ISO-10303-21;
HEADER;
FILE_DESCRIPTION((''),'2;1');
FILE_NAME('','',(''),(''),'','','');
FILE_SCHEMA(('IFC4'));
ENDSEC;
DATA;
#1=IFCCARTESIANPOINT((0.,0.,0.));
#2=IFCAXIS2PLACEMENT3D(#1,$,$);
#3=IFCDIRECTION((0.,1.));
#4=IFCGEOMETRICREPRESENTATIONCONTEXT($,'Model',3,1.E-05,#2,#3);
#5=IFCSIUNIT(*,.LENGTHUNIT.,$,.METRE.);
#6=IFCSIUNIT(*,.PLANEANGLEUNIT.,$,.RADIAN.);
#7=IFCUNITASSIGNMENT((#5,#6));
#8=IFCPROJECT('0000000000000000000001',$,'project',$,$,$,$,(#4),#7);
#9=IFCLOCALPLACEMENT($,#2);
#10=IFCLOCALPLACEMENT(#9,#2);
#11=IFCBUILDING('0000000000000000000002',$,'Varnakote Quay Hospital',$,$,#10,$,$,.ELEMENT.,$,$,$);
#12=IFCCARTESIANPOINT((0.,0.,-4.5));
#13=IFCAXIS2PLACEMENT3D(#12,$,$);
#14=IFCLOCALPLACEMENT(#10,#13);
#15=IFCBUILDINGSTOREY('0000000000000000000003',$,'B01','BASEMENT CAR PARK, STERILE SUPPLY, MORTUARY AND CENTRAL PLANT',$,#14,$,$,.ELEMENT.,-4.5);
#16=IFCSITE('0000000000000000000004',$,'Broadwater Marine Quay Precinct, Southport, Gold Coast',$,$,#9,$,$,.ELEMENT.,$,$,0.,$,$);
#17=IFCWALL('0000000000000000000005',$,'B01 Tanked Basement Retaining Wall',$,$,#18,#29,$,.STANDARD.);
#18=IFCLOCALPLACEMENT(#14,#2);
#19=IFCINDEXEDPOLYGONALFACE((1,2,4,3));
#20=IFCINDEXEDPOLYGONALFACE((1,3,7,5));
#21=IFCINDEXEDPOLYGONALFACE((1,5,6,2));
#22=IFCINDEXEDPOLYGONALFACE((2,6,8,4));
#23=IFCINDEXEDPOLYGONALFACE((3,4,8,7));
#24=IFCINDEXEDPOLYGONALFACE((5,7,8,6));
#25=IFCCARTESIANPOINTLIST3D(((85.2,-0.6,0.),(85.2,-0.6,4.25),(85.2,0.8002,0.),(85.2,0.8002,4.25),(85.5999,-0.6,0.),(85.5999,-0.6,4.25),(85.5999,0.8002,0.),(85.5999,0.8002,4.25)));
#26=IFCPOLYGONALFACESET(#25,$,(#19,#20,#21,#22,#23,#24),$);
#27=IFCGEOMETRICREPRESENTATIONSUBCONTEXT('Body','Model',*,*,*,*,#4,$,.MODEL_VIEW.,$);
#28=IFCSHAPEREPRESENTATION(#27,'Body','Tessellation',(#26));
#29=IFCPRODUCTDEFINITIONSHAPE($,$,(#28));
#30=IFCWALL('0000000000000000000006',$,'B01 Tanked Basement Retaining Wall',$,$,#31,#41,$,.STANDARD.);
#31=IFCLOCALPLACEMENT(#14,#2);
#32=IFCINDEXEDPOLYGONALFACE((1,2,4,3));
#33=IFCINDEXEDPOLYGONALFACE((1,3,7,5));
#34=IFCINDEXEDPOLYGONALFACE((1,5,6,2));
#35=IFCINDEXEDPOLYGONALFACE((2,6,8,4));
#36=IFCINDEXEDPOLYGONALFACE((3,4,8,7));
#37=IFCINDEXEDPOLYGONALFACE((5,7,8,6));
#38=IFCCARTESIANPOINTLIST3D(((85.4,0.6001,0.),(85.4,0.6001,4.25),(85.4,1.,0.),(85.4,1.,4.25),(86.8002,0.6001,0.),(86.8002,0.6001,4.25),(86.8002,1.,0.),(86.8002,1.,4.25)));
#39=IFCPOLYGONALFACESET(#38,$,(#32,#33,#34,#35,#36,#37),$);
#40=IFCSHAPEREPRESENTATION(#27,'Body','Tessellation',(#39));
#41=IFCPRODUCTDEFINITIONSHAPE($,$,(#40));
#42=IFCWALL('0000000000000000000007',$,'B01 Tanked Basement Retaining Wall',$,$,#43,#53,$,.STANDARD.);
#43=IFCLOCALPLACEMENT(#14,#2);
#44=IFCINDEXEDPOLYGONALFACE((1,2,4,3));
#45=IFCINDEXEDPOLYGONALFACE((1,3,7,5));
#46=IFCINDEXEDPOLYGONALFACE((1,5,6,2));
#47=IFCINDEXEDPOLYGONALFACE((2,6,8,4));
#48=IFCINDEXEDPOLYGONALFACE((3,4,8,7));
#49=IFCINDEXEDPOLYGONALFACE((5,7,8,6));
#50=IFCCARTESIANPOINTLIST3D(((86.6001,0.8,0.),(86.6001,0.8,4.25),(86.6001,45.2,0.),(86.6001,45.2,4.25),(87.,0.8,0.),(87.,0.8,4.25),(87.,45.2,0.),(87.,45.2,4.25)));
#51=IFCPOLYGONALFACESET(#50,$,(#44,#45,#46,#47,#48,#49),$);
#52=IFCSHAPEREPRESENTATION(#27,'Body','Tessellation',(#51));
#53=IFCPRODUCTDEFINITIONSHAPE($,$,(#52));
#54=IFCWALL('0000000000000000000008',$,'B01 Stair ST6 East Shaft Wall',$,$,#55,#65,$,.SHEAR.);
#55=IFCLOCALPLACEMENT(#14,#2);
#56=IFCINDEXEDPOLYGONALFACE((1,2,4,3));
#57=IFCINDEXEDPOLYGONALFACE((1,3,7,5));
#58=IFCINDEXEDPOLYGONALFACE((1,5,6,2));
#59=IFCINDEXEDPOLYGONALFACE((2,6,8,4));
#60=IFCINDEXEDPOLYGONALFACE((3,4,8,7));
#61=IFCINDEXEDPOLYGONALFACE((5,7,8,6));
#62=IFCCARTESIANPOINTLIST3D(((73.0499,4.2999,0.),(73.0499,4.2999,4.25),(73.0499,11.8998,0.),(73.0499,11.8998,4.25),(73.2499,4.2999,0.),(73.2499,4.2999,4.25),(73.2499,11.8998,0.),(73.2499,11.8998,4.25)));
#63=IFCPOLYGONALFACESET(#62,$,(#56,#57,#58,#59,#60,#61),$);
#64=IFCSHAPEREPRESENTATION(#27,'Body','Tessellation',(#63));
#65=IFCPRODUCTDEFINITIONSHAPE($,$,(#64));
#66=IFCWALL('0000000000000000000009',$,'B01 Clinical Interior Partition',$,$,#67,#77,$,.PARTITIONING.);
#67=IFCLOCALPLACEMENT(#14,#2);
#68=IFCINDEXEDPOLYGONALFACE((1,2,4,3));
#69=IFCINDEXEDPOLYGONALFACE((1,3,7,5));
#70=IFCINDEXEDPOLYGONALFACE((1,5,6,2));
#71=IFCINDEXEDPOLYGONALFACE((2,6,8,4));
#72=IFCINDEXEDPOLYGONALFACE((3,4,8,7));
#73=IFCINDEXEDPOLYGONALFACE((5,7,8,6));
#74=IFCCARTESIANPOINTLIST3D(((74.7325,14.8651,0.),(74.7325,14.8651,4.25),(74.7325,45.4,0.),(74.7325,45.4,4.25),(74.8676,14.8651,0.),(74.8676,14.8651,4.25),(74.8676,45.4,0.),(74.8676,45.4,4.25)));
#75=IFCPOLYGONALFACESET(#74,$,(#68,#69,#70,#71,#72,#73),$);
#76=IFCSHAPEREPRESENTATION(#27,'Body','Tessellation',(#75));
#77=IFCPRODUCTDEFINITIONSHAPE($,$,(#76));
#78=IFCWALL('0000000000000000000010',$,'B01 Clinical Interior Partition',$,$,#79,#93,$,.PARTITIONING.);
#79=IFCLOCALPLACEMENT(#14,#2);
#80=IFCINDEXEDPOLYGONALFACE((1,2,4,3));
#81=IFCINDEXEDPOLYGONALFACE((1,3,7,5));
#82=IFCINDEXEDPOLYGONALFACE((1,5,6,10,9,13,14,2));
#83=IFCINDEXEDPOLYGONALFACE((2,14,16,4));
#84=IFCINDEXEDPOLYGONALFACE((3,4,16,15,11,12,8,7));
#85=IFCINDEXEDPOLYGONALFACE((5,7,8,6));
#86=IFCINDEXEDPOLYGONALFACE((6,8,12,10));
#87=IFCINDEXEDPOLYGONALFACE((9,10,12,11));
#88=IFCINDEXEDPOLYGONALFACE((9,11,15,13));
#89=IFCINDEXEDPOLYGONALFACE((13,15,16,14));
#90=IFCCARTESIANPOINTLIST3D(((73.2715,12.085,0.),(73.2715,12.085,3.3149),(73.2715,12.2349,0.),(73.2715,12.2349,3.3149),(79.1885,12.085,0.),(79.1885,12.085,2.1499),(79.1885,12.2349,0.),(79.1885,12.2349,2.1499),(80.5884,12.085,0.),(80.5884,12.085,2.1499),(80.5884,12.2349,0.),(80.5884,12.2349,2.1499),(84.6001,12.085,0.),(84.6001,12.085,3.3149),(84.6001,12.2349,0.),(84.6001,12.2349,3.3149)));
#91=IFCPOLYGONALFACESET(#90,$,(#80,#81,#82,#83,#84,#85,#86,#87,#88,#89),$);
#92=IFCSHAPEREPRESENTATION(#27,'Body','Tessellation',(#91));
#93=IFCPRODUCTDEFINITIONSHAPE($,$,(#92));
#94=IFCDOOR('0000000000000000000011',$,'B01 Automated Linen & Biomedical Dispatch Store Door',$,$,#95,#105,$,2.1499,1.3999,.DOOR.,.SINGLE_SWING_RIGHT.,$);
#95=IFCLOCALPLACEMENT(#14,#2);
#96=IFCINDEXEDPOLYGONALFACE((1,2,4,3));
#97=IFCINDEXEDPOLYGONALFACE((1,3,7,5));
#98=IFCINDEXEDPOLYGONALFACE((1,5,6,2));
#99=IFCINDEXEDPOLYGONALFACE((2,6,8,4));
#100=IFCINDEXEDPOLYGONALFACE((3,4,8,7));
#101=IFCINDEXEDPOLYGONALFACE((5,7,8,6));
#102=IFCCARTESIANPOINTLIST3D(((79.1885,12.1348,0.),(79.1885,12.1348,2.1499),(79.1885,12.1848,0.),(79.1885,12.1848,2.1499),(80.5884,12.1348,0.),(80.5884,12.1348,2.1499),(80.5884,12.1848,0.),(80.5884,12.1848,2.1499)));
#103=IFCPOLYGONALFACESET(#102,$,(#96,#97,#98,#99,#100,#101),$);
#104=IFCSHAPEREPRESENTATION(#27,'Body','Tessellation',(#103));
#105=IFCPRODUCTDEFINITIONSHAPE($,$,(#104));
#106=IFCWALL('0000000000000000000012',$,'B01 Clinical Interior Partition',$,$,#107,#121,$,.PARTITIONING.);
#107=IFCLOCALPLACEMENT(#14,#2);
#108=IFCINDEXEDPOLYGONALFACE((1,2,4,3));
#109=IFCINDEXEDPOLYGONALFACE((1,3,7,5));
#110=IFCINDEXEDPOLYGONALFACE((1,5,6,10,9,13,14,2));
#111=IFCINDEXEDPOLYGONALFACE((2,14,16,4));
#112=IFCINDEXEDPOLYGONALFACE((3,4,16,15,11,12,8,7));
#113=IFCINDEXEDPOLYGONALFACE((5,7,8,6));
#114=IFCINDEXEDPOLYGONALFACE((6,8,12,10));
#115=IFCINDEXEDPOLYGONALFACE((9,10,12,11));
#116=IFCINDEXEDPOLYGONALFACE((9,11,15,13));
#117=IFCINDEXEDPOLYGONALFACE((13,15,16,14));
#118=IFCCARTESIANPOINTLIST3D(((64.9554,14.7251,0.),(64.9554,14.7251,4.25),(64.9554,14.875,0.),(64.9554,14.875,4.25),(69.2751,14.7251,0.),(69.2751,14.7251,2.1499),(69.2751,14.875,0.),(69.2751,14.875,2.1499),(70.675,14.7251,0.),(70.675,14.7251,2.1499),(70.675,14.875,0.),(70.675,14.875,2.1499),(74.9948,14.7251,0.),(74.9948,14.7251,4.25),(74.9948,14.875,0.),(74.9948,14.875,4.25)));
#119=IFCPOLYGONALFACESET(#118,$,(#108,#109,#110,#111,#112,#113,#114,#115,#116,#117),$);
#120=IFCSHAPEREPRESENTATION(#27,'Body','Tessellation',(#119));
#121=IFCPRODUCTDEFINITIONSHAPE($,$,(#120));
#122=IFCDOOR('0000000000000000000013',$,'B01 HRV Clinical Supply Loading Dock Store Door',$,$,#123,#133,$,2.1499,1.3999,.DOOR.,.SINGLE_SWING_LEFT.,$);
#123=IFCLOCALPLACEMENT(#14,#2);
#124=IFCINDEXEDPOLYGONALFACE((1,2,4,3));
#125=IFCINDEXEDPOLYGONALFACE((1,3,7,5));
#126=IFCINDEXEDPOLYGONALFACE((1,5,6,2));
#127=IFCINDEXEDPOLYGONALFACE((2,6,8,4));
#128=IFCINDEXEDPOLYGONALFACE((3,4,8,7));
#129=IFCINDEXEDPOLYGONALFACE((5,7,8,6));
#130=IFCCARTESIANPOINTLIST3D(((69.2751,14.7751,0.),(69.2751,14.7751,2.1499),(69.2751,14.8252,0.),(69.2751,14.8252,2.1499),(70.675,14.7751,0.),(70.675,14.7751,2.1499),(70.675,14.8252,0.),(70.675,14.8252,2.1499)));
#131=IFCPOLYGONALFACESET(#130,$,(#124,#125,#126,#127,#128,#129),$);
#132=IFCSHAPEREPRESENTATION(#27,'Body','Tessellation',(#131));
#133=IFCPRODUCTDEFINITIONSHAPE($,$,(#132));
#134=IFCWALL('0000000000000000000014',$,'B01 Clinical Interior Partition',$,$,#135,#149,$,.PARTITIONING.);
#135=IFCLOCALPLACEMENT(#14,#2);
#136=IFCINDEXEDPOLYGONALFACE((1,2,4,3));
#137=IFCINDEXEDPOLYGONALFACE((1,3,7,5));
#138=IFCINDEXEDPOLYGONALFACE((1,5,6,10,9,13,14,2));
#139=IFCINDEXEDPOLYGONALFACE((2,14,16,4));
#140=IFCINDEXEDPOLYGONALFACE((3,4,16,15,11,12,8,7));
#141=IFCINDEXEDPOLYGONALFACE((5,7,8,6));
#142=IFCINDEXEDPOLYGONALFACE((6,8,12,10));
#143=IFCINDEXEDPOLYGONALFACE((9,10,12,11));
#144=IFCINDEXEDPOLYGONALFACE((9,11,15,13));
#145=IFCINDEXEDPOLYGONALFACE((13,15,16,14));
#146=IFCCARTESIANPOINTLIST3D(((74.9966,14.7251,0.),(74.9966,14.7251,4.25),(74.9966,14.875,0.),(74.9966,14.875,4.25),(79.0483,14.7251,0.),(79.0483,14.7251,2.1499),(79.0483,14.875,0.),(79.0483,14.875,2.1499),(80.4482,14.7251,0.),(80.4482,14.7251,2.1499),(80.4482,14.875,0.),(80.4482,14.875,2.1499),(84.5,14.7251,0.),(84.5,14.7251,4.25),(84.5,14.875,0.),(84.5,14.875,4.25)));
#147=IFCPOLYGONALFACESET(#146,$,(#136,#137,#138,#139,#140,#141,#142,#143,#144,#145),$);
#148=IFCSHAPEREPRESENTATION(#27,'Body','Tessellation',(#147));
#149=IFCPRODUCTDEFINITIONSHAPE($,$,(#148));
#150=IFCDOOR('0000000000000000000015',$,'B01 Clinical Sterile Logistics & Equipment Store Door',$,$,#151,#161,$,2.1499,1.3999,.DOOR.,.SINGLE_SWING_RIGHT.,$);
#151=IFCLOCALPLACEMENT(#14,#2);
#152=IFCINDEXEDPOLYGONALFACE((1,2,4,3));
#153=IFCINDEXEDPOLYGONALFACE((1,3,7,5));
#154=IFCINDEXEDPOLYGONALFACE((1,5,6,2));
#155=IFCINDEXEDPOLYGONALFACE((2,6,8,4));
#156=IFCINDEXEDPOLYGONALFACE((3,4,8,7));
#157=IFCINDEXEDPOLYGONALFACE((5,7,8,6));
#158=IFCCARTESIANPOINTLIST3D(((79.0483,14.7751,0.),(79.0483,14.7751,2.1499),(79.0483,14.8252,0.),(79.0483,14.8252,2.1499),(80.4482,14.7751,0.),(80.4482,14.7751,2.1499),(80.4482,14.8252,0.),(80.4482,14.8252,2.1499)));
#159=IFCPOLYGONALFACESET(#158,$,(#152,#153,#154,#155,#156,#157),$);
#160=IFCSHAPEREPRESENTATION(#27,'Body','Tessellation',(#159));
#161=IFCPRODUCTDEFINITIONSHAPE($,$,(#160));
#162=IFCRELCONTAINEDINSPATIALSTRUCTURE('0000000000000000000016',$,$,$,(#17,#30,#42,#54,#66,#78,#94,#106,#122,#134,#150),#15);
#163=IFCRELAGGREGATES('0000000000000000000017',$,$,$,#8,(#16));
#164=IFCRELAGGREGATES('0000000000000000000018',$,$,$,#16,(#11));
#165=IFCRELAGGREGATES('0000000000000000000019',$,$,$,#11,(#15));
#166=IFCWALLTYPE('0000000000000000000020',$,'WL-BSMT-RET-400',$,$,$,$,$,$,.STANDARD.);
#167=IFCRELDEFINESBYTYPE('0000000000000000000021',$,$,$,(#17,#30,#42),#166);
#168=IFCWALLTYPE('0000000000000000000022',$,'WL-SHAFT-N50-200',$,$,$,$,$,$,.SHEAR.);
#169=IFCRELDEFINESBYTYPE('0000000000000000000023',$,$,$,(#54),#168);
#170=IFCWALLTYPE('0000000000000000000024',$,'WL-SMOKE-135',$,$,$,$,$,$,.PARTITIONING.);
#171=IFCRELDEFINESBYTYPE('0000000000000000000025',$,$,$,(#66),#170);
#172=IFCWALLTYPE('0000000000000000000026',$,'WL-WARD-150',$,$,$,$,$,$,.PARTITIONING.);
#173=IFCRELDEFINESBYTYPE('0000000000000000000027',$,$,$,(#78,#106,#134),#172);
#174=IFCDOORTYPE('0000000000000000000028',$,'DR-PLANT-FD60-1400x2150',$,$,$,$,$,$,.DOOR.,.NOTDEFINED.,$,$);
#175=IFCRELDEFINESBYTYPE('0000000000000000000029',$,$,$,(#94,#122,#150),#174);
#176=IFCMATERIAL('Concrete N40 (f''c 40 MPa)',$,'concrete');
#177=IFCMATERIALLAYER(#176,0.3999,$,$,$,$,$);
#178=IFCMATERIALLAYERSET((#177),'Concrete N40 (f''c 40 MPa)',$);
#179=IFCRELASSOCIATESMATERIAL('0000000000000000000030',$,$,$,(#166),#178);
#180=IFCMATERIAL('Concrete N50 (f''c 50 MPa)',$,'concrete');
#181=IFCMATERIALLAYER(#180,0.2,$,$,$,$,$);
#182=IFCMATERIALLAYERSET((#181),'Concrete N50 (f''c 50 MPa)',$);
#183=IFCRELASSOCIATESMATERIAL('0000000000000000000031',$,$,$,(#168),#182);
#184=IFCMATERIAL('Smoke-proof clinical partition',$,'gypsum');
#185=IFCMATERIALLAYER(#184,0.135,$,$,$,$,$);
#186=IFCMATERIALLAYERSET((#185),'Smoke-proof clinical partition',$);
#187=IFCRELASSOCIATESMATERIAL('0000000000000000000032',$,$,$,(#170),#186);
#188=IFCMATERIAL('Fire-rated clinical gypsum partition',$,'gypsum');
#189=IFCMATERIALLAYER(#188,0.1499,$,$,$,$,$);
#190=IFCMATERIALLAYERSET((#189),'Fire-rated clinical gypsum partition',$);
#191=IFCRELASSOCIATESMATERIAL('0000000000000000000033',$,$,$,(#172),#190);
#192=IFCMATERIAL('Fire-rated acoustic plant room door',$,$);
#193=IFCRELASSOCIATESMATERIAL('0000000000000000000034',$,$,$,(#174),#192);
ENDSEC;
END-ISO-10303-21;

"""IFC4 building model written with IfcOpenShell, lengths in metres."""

from ifc_helpers import new_model, si_unit, direction, frame, frame_2d, origin, place, context, subcontext, project, spatial, rectangle, extrude, material, layer, layer_set, type_object, element, fill, save


model = new_model("IFC4")

# Units and contexts
model_context = context("Model", 3, precision=1e-05, world=origin(), true_north=direction((0.0, 1.0)))
body_context = subcontext(model_context, "Body", "Model", "MODEL_VIEW")
ifc_project = project(units=[si_unit("LENGTHUNIT", "METRE"), si_unit("PLANEANGLEUNIT", "RADIAN")], contexts=[model_context])

# Site, building, storey
site_placement = place(None, origin())
site = spatial("IfcSite", under=ifc_project, at=site_placement, Name="Broadwater Marine Quay Precinct, Southport, Gold Coast", CompositionType="ELEMENT", RefElevation=0.0)
building_placement = place(site_placement, origin())
building = spatial("IfcBuilding", under=site, at=building_placement, Name="Varnakote Quay Hospital", CompositionType="ELEMENT")
storey_placement = place(building_placement, frame((0.0, 0.0, -4.5)))
storey = spatial("IfcBuildingStorey", under=building, at=storey_placement, Name="B01", Description="BASEMENT CAR PARK, STERILE SUPPLY, MORTUARY AND CENTRAL PLANT", CompositionType="ELEMENT", Elevation=-4.5)

# Walls
ifc_material_1 = material(Name="Concrete N40 (f'c 40 MPa)", Category="concrete")
ifc_layer_1 = layer(ifc_material_1, 0.3999)
ifc_layer_set_1 = layer_set([ifc_layer_1], Name="Concrete N40 (f'c 40 MPa)")
wall_type_1 = type_object("IfcWallType", Name="WL-BSMT-RET-400", PredefinedType="STANDARD", material=ifc_layer_set_1)
for number, where, z_axis, x_axis, name in (
    (1, (85.3999, -0.6001, 0.0), (0.0, 0.0, 1.0), (0.0, 1.0, 0.0), "B01 Tanked Basement Retaining Wall"),
    (2, (85.3999, 0.8, 0.0), (0.0, 0.0, 1.0), (1.0, 0.0, 0.0), "B01 Tanked Basement Retaining Wall"),
):
    element("IfcWall", number, at=place(storey_placement, frame(where, z_axis=z_axis, x_axis=x_axis)), inside=storey, type_object=wall_type_1, Name=name, PredefinedType="STANDARD", context=body_context, shape_type="SweptSolid", body=[
        extrude(rectangle(XDim=1.4001, YDim=0.3999, at=frame_2d((0.7002, 0.0))), origin(), (0.0, 0.0, 1.0), 4.25),
    ])
wall_1_placement = place(storey_placement, frame((86.8, 0.8, 0.0), z_axis=(0.0, 0.0, 1.0), x_axis=(0.0, 1.0, 0.0)))
element("IfcWall", 3, at=wall_1_placement, inside=storey, type_object=wall_type_1, Name="B01 Tanked Basement Retaining Wall", PredefinedType="STANDARD", context=body_context, shape_type="SweptSolid", body=[
    extrude(rectangle(XDim=44.3999, YDim=0.3999, at=frame_2d((22.2, 0.0))), origin(), (0.0, 0.0, 1.0), 4.25),
])
ifc_material_2 = material(Name="Concrete N50 (f'c 50 MPa)", Category="concrete")
ifc_layer_2 = layer(ifc_material_2, 0.2)
ifc_layer_set_2 = layer_set([ifc_layer_2], Name="Concrete N50 (f'c 50 MPa)")
wall_type_2 = type_object("IfcWallType", Name="WL-SHAFT-N50-200", PredefinedType="SHEAR", material=ifc_layer_set_2)
wall_2_placement = place(storey_placement, frame((73.1499, 4.3, 0.0), z_axis=(0.0, 0.0, 1.0), x_axis=(0.0, 1.0, 0.0)))
element("IfcWall", 4, at=wall_2_placement, inside=storey, type_object=wall_type_2, Name="B01 Stair ST6 East Shaft Wall", PredefinedType="SHEAR", context=body_context, shape_type="SweptSolid", body=[
    extrude(rectangle(XDim=7.5999, YDim=0.2, at=frame_2d((3.7998, 0.0))), origin(), (0.0, 0.0, 1.0), 4.25),
])
ifc_material_3 = material(Name="Smoke-proof clinical partition", Category="gypsum")
ifc_layer_3 = layer(ifc_material_3, 0.135)
ifc_layer_set_3 = layer_set([ifc_layer_3], Name="Smoke-proof clinical partition")
wall_type_3 = type_object("IfcWallType", Name="WL-SMOKE-135", PredefinedType="PARTITIONING", material=ifc_layer_set_3)
wall_3_placement = place(storey_placement, frame((74.8, 14.865, 0.0), z_axis=(0.0, 0.0, 1.0), x_axis=(0.0, 1.0, 0.0)))
element("IfcWall", 5, at=wall_3_placement, inside=storey, type_object=wall_type_3, Name="B01 Clinical Interior Partition", PredefinedType="PARTITIONING", context=body_context, shape_type="SweptSolid", body=[
    extrude(rectangle(XDim=30.5349, YDim=0.135, at=frame_2d((15.2676, 0.0))), origin(), (0.0, 0.0, 1.0), 4.25),
])

# Walls, openings, doors
ifc_material_4 = material(Name="Fire-rated clinical gypsum partition", Category="gypsum")
ifc_layer_4 = layer(ifc_material_4, 0.1499)
ifc_layer_set_4 = layer_set([ifc_layer_4], Name="Fire-rated clinical gypsum partition")
wall_type_4 = type_object("IfcWallType", Name="WL-WARD-150", PredefinedType="PARTITIONING", material=ifc_layer_set_4)
wall_4_placement = place(storey_placement, frame((73.2715, 12.1599, 0.0), z_axis=(0.0, 0.0, 1.0), x_axis=(1.0, 0.0, 0.0)))
wall_4 = element("IfcWall", 6, at=wall_4_placement, inside=storey, type_object=wall_type_4, Name="B01 Clinical Interior Partition", PredefinedType="PARTITIONING", context=body_context, shape_type="SweptSolid", body=[
    extrude(rectangle(XDim=11.3286, YDim=0.1499, at=frame_2d((5.6643, 0.0))), origin(), (0.0, 0.0, 1.0), 3.3149),
])
opening_1_placement = place(wall_4_placement, frame((5.917, 0.0, 0.0)))
opening_1 = element("IfcOpeningElement", 7, at=opening_1_placement, cuts=wall_4, PredefinedType="OPENING", context=body_context, shape_type="SweptSolid", body=[
    extrude(rectangle(XDim=1.3999, YDim=2.1499, at=frame_2d((0.7, 1.075))), frame((0.0, 0.085, 0.0), z_axis=(0.0, -1.0, 0.0), x_axis=(1.0, 0.0, 0.0)), (0.0, 0.0, 1.0), 0.1699),
])
ifc_material_5 = material(Name="Fire-rated acoustic plant room door")
door_type = type_object("IfcDoorType", Name="DR-PLANT-FD60-1400x2150", OperationType="NOTDEFINED", PredefinedType="DOOR", material=ifc_material_5)
door_1_placement = place(opening_1_placement, origin())
door_1 = element("IfcDoor", 8, at=door_1_placement, inside=storey, type_object=door_type, Name="B01 Automated Linen & Biomedical Dispatch Store Door", OperationType="SINGLE_SWING_RIGHT", OverallHeight=2.1499, OverallWidth=1.3999, PredefinedType="DOOR", context=body_context, shape_type="SweptSolid", body=[
    extrude(rectangle(XDim=1.3999, YDim=2.1499, at=frame_2d((0.7, 1.075))), frame((0.0, 0.0249, 0.0), z_axis=(0.0, -1.0, 0.0), x_axis=(1.0, 0.0, 0.0)), (0.0, 0.0, 1.0), 0.05),
])
fill(opening_1, door_1)
wall_5_placement = place(storey_placement, frame((74.9946, 14.8, 0.0), z_axis=(0.0, 0.0, 1.0), x_axis=(-1.0, 0.0, 0.0)))
wall_5 = element("IfcWall", 9, at=wall_5_placement, inside=storey, type_object=wall_type_4, Name="B01 Clinical Interior Partition", PredefinedType="PARTITIONING", context=body_context, shape_type="SweptSolid", body=[
    extrude(rectangle(XDim=10.0393, YDim=0.1499, at=frame_2d((5.0195, 0.0))), origin(), (0.0, 0.0, 1.0), 4.25),
])
opening_2_placement = place(wall_5_placement, frame((4.3196, 0.0, 0.0)))
opening_2 = element("IfcOpeningElement", 10, at=opening_2_placement, cuts=wall_5, PredefinedType="OPENING", context=body_context, shape_type="SweptSolid", body=[
    extrude(rectangle(XDim=1.3999, YDim=2.1499, at=frame_2d((0.7, 1.075))), frame((0.0, 0.085, 0.0), z_axis=(0.0, -1.0, 0.0), x_axis=(1.0, 0.0, 0.0)), (0.0, 0.0, 1.0), 0.1699),
])
door_2_placement = place(opening_2_placement, origin())
door_2 = element("IfcDoor", 11, at=door_2_placement, inside=storey, type_object=door_type, Name="B01 HRV Clinical Supply Loading Dock Store Door", OperationType="SINGLE_SWING_LEFT", OverallHeight=2.1499, OverallWidth=1.3999, PredefinedType="DOOR", context=body_context, shape_type="SweptSolid", body=[
    extrude(rectangle(XDim=1.3999, YDim=2.1499, at=frame_2d((0.7, 1.075))), frame((0.0, 0.0249, 0.0), z_axis=(0.0, -1.0, 0.0), x_axis=(1.0, 0.0, 0.0)), (0.0, 0.0, 1.0), 0.05),
])
fill(opening_2, door_2)
wall_6_placement = place(storey_placement, frame((84.5, 14.8, 0.0), z_axis=(0.0, 0.0, 1.0), x_axis=(-1.0, 0.0, 0.0)))
wall_6 = element("IfcWall", 12, at=wall_6_placement, inside=storey, type_object=wall_type_4, Name="B01 Clinical Interior Partition", PredefinedType="PARTITIONING", context=body_context, shape_type="SweptSolid", body=[
    extrude(rectangle(XDim=9.5034, YDim=0.1499, at=frame_2d((4.7517, 0.0))), origin(), (0.0, 0.0, 1.0), 4.25),
])
opening_3_placement = place(wall_6_placement, frame((4.0518, 0.0, 0.0)))
opening_3 = element("IfcOpeningElement", 13, at=opening_3_placement, cuts=wall_6, PredefinedType="OPENING", context=body_context, shape_type="SweptSolid", body=[
    extrude(rectangle(XDim=1.3999, YDim=2.1499, at=frame_2d((0.7, 1.075))), frame((0.0, 0.085, 0.0), z_axis=(0.0, -1.0, 0.0), x_axis=(1.0, 0.0, 0.0)), (0.0, 0.0, 1.0), 0.1699),
])
door_3_placement = place(opening_3_placement, origin())
door_3 = element("IfcDoor", 14, at=door_3_placement, inside=storey, type_object=door_type, Name="B01 Clinical Sterile Logistics & Equipment Store Door", OperationType="SINGLE_SWING_RIGHT", OverallHeight=2.1499, OverallWidth=1.3999, PredefinedType="DOOR", context=body_context, shape_type="SweptSolid", body=[
    extrude(rectangle(XDim=1.3999, YDim=2.1499, at=frame_2d((0.7, 1.075))), frame((0.0, 0.0249, 0.0), z_axis=(0.0, -1.0, 0.0), x_axis=(1.0, 0.0, 0.0)), (0.0, 0.0, 1.0), 0.05),
])
fill(opening_3, door_3)

save(model, "model.ifc")
